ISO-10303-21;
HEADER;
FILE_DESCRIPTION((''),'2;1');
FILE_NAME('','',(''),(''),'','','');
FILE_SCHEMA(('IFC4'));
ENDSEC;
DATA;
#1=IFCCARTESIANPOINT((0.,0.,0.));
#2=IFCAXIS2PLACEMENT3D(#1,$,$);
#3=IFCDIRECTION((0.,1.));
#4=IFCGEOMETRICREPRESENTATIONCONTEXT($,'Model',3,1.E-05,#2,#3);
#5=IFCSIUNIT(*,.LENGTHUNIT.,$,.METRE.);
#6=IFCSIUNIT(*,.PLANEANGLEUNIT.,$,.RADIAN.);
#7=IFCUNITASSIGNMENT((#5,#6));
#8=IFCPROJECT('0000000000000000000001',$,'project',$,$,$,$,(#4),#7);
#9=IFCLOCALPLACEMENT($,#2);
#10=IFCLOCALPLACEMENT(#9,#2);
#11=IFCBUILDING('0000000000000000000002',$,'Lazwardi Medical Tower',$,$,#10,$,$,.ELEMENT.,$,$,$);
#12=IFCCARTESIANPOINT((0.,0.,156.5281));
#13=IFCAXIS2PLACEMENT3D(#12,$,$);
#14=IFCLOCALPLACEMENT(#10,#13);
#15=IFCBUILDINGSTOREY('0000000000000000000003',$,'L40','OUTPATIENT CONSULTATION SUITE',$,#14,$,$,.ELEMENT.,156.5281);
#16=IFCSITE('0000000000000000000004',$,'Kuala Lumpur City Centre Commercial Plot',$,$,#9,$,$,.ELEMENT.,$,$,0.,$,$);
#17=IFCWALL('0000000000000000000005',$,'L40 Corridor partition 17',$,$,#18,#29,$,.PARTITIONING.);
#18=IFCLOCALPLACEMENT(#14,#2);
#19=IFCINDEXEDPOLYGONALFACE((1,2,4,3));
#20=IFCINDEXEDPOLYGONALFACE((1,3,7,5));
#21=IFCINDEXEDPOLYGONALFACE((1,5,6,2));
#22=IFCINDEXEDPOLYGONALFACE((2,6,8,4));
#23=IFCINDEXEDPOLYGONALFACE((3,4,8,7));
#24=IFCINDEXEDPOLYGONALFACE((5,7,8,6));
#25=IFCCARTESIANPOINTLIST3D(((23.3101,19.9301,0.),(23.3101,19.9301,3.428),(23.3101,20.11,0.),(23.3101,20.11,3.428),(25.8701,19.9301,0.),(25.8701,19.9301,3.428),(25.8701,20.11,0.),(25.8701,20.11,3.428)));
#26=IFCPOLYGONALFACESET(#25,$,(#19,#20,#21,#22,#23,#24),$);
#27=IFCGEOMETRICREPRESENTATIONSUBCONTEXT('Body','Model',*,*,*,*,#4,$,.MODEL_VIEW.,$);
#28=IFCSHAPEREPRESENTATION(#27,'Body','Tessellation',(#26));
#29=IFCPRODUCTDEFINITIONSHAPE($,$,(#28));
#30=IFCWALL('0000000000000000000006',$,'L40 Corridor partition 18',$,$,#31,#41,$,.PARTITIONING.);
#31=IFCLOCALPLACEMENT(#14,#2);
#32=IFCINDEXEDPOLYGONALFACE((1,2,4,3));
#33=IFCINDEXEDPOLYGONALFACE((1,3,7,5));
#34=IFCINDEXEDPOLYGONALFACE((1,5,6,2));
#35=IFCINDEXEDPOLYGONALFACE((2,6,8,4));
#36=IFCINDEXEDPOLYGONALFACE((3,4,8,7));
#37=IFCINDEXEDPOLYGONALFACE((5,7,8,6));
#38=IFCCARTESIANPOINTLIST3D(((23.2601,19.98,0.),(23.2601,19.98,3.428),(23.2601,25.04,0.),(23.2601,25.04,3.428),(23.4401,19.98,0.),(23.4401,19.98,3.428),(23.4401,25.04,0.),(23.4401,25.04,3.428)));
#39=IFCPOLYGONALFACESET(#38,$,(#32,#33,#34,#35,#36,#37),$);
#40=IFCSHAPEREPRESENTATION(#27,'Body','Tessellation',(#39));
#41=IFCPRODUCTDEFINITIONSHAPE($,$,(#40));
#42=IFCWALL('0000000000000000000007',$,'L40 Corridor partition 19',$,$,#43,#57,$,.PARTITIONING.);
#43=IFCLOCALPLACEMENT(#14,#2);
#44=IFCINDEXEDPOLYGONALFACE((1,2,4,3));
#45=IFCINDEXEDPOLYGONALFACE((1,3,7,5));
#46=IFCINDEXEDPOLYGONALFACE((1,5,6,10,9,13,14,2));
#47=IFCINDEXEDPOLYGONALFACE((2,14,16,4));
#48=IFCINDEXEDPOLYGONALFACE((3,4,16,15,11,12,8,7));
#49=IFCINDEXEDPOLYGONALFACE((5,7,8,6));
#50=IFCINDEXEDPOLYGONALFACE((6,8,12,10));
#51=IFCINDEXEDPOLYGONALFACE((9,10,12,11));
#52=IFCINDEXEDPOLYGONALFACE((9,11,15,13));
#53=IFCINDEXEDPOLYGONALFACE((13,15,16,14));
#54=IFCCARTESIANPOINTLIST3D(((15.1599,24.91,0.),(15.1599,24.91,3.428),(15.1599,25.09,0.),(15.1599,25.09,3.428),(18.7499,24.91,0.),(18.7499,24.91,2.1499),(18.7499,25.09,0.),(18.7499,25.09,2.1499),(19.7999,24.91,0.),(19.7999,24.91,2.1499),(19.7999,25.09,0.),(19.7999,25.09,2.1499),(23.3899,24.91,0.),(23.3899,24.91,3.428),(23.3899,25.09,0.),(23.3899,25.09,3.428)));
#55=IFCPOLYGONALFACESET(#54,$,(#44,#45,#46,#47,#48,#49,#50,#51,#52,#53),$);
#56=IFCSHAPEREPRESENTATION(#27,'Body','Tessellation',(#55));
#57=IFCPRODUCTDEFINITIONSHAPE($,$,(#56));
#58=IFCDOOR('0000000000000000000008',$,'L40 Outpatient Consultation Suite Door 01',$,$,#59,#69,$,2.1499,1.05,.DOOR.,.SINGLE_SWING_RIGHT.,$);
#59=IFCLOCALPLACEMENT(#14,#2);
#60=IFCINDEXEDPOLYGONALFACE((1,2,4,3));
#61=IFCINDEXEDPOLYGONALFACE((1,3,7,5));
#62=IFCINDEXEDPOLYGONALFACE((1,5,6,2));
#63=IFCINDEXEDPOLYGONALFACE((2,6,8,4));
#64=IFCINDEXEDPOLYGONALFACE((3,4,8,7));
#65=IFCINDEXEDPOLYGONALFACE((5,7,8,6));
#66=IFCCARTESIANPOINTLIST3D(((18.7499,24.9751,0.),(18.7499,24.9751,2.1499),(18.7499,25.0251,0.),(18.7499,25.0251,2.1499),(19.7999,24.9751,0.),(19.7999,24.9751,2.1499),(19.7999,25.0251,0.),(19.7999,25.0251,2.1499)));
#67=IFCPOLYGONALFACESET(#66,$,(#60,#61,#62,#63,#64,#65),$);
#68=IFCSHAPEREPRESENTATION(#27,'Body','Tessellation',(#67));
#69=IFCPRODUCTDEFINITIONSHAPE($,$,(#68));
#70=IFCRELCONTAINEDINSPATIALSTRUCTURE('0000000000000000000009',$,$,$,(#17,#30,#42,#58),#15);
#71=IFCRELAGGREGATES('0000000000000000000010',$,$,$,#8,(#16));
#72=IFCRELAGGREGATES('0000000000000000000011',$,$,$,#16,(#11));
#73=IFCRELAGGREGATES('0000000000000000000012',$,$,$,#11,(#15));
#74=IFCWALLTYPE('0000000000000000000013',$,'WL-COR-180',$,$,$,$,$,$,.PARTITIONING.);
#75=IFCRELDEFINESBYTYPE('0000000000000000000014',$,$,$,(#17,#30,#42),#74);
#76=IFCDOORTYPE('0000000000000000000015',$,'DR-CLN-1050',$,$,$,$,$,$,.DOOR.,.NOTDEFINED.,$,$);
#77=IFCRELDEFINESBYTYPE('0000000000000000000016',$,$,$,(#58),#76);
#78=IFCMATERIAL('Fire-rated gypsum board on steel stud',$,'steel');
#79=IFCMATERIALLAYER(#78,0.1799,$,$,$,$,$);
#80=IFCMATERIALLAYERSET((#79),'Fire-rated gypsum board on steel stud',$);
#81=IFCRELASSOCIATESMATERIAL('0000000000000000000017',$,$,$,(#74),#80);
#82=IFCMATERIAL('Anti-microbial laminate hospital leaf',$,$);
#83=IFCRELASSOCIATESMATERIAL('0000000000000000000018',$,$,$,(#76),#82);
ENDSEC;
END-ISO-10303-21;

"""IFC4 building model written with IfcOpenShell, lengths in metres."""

from ifc_helpers import new_model, si_unit, direction, frame, frame_2d, origin, place, context, subcontext, project, spatial, rectangle, extrude, material, layer, layer_set, type_object, element, fill, save


model = new_model("IFC4")

# Units and contexts
model_context = context("Model", 3, precision=1e-05, world=origin(), true_north=direction((0.0, 1.0)))
body_context = subcontext(model_context, "Body", "Model", "MODEL_VIEW")
ifc_project = project(units=[si_unit("LENGTHUNIT", "METRE"), si_unit("PLANEANGLEUNIT", "RADIAN")], contexts=[model_context])

# Site, building, storey
site_placement = place(None, origin())
site = spatial("IfcSite", under=ifc_project, at=site_placement, Name="Kuala Lumpur City Centre Commercial Plot", CompositionType="ELEMENT", RefElevation=0.0)
building_placement = place(site_placement, origin())
building = spatial("IfcBuilding", under=site, at=building_placement, Name="Lazwardi Medical Tower", CompositionType="ELEMENT")
storey_placement = place(building_placement, frame((0.0, 0.0, 156.5281)))
storey = spatial("IfcBuildingStorey", under=building, at=storey_placement, Name="L40", Description="OUTPATIENT CONSULTATION SUITE", CompositionType="ELEMENT", Elevation=156.5281)

# Walls
ifc_material_1 = material(Name="Fire-rated gypsum board on steel stud", Category="steel")
ifc_layer_1 = layer(ifc_material_1, 0.1799)
ifc_layer_set_1 = layer_set([ifc_layer_1], Name="Fire-rated gypsum board on steel stud")
wall_type_1 = type_object("IfcWallType", Name="WL-COR-180", PredefinedType="PARTITIONING", material=ifc_layer_set_1)
wall_1_placement = place(storey_placement, frame((25.8701, 20.02, 0.0), z_axis=(0.0, 0.0, 1.0), x_axis=(-1.0, 0.0, 0.0)))
element("IfcWall", 1, at=wall_1_placement, inside=storey, type_object=wall_type_1, Name="L40 Corridor partition 17", PredefinedType="PARTITIONING", context=body_context, shape_type="SweptSolid", body=[
    extrude(rectangle(XDim=2.5601, YDim=0.1799, at=frame_2d((1.28, 0.0))), origin(), (0.0, 0.0, 1.0), 3.428),
])
wall_2_placement = place(storey_placement, frame((23.3501, 19.98, 0.0), z_axis=(0.0, 0.0, 1.0), x_axis=(0.0, 1.0, 0.0)))
element("IfcWall", 2, at=wall_2_placement, inside=storey, type_object=wall_type_1, Name="L40 Corridor partition 18", PredefinedType="PARTITIONING", context=body_context, shape_type="SweptSolid", body=[
    extrude(rectangle(XDim=5.0601, YDim=0.1799, at=frame_2d((2.53, 0.0))), origin(), (0.0, 0.0, 1.0), 3.428),
])

# Wall, opening, door
wall_3_placement = place(storey_placement, frame((23.3899, 25.0, 0.0), z_axis=(0.0, 0.0, 1.0), x_axis=(-1.0, 0.0, 0.0)))
wall_3 = element("IfcWall", 3, at=wall_3_placement, inside=storey, type_object=wall_type_1, Name="L40 Corridor partition 19", PredefinedType="PARTITIONING", context=body_context, shape_type="SweptSolid", body=[
    extrude(rectangle(XDim=8.23, YDim=0.1799, at=frame_2d((4.115, 0.0))), origin(), (0.0, 0.0, 1.0), 3.428),
])
opening_1_placement = place(wall_3_placement, frame((3.5901, 0.0, 0.0)))
opening_1 = element("IfcOpeningElement", 4, at=opening_1_placement, cuts=wall_3, PredefinedType="OPENING", context=body_context, shape_type="SweptSolid", body=[
    extrude(rectangle(XDim=1.05, YDim=2.1499, at=frame_2d((0.5249, 1.075))), frame((0.0, 0.0999, 0.0), z_axis=(0.0, -1.0, 0.0), x_axis=(1.0, 0.0, 0.0)), (0.0, 0.0, 1.0), 0.2),
])
ifc_material_2 = material(Name="Anti-microbial laminate hospital leaf")
door_type_1 = type_object("IfcDoorType", Name="DR-CLN-1050", OperationType="NOTDEFINED", PredefinedType="DOOR", material=ifc_material_2)
door_1_placement = place(opening_1_placement, origin())
door_1 = element("IfcDoor", 5, at=door_1_placement, inside=storey, type_object=door_type_1, Name="L40 Outpatient Consultation Suite Door 01", OperationType="SINGLE_SWING_RIGHT", OverallHeight=2.1499, OverallWidth=1.05, PredefinedType="DOOR", context=body_context, shape_type="SweptSolid", body=[
    extrude(rectangle(XDim=1.05, YDim=2.1499, at=frame_2d((0.5249, 1.075))), frame((0.0, 0.0249, 0.0), z_axis=(0.0, -1.0, 0.0), x_axis=(1.0, 0.0, 0.0)), (0.0, 0.0, 1.0), 0.05),
])
fill(opening_1, door_1)

save(model, "model.ifc")
